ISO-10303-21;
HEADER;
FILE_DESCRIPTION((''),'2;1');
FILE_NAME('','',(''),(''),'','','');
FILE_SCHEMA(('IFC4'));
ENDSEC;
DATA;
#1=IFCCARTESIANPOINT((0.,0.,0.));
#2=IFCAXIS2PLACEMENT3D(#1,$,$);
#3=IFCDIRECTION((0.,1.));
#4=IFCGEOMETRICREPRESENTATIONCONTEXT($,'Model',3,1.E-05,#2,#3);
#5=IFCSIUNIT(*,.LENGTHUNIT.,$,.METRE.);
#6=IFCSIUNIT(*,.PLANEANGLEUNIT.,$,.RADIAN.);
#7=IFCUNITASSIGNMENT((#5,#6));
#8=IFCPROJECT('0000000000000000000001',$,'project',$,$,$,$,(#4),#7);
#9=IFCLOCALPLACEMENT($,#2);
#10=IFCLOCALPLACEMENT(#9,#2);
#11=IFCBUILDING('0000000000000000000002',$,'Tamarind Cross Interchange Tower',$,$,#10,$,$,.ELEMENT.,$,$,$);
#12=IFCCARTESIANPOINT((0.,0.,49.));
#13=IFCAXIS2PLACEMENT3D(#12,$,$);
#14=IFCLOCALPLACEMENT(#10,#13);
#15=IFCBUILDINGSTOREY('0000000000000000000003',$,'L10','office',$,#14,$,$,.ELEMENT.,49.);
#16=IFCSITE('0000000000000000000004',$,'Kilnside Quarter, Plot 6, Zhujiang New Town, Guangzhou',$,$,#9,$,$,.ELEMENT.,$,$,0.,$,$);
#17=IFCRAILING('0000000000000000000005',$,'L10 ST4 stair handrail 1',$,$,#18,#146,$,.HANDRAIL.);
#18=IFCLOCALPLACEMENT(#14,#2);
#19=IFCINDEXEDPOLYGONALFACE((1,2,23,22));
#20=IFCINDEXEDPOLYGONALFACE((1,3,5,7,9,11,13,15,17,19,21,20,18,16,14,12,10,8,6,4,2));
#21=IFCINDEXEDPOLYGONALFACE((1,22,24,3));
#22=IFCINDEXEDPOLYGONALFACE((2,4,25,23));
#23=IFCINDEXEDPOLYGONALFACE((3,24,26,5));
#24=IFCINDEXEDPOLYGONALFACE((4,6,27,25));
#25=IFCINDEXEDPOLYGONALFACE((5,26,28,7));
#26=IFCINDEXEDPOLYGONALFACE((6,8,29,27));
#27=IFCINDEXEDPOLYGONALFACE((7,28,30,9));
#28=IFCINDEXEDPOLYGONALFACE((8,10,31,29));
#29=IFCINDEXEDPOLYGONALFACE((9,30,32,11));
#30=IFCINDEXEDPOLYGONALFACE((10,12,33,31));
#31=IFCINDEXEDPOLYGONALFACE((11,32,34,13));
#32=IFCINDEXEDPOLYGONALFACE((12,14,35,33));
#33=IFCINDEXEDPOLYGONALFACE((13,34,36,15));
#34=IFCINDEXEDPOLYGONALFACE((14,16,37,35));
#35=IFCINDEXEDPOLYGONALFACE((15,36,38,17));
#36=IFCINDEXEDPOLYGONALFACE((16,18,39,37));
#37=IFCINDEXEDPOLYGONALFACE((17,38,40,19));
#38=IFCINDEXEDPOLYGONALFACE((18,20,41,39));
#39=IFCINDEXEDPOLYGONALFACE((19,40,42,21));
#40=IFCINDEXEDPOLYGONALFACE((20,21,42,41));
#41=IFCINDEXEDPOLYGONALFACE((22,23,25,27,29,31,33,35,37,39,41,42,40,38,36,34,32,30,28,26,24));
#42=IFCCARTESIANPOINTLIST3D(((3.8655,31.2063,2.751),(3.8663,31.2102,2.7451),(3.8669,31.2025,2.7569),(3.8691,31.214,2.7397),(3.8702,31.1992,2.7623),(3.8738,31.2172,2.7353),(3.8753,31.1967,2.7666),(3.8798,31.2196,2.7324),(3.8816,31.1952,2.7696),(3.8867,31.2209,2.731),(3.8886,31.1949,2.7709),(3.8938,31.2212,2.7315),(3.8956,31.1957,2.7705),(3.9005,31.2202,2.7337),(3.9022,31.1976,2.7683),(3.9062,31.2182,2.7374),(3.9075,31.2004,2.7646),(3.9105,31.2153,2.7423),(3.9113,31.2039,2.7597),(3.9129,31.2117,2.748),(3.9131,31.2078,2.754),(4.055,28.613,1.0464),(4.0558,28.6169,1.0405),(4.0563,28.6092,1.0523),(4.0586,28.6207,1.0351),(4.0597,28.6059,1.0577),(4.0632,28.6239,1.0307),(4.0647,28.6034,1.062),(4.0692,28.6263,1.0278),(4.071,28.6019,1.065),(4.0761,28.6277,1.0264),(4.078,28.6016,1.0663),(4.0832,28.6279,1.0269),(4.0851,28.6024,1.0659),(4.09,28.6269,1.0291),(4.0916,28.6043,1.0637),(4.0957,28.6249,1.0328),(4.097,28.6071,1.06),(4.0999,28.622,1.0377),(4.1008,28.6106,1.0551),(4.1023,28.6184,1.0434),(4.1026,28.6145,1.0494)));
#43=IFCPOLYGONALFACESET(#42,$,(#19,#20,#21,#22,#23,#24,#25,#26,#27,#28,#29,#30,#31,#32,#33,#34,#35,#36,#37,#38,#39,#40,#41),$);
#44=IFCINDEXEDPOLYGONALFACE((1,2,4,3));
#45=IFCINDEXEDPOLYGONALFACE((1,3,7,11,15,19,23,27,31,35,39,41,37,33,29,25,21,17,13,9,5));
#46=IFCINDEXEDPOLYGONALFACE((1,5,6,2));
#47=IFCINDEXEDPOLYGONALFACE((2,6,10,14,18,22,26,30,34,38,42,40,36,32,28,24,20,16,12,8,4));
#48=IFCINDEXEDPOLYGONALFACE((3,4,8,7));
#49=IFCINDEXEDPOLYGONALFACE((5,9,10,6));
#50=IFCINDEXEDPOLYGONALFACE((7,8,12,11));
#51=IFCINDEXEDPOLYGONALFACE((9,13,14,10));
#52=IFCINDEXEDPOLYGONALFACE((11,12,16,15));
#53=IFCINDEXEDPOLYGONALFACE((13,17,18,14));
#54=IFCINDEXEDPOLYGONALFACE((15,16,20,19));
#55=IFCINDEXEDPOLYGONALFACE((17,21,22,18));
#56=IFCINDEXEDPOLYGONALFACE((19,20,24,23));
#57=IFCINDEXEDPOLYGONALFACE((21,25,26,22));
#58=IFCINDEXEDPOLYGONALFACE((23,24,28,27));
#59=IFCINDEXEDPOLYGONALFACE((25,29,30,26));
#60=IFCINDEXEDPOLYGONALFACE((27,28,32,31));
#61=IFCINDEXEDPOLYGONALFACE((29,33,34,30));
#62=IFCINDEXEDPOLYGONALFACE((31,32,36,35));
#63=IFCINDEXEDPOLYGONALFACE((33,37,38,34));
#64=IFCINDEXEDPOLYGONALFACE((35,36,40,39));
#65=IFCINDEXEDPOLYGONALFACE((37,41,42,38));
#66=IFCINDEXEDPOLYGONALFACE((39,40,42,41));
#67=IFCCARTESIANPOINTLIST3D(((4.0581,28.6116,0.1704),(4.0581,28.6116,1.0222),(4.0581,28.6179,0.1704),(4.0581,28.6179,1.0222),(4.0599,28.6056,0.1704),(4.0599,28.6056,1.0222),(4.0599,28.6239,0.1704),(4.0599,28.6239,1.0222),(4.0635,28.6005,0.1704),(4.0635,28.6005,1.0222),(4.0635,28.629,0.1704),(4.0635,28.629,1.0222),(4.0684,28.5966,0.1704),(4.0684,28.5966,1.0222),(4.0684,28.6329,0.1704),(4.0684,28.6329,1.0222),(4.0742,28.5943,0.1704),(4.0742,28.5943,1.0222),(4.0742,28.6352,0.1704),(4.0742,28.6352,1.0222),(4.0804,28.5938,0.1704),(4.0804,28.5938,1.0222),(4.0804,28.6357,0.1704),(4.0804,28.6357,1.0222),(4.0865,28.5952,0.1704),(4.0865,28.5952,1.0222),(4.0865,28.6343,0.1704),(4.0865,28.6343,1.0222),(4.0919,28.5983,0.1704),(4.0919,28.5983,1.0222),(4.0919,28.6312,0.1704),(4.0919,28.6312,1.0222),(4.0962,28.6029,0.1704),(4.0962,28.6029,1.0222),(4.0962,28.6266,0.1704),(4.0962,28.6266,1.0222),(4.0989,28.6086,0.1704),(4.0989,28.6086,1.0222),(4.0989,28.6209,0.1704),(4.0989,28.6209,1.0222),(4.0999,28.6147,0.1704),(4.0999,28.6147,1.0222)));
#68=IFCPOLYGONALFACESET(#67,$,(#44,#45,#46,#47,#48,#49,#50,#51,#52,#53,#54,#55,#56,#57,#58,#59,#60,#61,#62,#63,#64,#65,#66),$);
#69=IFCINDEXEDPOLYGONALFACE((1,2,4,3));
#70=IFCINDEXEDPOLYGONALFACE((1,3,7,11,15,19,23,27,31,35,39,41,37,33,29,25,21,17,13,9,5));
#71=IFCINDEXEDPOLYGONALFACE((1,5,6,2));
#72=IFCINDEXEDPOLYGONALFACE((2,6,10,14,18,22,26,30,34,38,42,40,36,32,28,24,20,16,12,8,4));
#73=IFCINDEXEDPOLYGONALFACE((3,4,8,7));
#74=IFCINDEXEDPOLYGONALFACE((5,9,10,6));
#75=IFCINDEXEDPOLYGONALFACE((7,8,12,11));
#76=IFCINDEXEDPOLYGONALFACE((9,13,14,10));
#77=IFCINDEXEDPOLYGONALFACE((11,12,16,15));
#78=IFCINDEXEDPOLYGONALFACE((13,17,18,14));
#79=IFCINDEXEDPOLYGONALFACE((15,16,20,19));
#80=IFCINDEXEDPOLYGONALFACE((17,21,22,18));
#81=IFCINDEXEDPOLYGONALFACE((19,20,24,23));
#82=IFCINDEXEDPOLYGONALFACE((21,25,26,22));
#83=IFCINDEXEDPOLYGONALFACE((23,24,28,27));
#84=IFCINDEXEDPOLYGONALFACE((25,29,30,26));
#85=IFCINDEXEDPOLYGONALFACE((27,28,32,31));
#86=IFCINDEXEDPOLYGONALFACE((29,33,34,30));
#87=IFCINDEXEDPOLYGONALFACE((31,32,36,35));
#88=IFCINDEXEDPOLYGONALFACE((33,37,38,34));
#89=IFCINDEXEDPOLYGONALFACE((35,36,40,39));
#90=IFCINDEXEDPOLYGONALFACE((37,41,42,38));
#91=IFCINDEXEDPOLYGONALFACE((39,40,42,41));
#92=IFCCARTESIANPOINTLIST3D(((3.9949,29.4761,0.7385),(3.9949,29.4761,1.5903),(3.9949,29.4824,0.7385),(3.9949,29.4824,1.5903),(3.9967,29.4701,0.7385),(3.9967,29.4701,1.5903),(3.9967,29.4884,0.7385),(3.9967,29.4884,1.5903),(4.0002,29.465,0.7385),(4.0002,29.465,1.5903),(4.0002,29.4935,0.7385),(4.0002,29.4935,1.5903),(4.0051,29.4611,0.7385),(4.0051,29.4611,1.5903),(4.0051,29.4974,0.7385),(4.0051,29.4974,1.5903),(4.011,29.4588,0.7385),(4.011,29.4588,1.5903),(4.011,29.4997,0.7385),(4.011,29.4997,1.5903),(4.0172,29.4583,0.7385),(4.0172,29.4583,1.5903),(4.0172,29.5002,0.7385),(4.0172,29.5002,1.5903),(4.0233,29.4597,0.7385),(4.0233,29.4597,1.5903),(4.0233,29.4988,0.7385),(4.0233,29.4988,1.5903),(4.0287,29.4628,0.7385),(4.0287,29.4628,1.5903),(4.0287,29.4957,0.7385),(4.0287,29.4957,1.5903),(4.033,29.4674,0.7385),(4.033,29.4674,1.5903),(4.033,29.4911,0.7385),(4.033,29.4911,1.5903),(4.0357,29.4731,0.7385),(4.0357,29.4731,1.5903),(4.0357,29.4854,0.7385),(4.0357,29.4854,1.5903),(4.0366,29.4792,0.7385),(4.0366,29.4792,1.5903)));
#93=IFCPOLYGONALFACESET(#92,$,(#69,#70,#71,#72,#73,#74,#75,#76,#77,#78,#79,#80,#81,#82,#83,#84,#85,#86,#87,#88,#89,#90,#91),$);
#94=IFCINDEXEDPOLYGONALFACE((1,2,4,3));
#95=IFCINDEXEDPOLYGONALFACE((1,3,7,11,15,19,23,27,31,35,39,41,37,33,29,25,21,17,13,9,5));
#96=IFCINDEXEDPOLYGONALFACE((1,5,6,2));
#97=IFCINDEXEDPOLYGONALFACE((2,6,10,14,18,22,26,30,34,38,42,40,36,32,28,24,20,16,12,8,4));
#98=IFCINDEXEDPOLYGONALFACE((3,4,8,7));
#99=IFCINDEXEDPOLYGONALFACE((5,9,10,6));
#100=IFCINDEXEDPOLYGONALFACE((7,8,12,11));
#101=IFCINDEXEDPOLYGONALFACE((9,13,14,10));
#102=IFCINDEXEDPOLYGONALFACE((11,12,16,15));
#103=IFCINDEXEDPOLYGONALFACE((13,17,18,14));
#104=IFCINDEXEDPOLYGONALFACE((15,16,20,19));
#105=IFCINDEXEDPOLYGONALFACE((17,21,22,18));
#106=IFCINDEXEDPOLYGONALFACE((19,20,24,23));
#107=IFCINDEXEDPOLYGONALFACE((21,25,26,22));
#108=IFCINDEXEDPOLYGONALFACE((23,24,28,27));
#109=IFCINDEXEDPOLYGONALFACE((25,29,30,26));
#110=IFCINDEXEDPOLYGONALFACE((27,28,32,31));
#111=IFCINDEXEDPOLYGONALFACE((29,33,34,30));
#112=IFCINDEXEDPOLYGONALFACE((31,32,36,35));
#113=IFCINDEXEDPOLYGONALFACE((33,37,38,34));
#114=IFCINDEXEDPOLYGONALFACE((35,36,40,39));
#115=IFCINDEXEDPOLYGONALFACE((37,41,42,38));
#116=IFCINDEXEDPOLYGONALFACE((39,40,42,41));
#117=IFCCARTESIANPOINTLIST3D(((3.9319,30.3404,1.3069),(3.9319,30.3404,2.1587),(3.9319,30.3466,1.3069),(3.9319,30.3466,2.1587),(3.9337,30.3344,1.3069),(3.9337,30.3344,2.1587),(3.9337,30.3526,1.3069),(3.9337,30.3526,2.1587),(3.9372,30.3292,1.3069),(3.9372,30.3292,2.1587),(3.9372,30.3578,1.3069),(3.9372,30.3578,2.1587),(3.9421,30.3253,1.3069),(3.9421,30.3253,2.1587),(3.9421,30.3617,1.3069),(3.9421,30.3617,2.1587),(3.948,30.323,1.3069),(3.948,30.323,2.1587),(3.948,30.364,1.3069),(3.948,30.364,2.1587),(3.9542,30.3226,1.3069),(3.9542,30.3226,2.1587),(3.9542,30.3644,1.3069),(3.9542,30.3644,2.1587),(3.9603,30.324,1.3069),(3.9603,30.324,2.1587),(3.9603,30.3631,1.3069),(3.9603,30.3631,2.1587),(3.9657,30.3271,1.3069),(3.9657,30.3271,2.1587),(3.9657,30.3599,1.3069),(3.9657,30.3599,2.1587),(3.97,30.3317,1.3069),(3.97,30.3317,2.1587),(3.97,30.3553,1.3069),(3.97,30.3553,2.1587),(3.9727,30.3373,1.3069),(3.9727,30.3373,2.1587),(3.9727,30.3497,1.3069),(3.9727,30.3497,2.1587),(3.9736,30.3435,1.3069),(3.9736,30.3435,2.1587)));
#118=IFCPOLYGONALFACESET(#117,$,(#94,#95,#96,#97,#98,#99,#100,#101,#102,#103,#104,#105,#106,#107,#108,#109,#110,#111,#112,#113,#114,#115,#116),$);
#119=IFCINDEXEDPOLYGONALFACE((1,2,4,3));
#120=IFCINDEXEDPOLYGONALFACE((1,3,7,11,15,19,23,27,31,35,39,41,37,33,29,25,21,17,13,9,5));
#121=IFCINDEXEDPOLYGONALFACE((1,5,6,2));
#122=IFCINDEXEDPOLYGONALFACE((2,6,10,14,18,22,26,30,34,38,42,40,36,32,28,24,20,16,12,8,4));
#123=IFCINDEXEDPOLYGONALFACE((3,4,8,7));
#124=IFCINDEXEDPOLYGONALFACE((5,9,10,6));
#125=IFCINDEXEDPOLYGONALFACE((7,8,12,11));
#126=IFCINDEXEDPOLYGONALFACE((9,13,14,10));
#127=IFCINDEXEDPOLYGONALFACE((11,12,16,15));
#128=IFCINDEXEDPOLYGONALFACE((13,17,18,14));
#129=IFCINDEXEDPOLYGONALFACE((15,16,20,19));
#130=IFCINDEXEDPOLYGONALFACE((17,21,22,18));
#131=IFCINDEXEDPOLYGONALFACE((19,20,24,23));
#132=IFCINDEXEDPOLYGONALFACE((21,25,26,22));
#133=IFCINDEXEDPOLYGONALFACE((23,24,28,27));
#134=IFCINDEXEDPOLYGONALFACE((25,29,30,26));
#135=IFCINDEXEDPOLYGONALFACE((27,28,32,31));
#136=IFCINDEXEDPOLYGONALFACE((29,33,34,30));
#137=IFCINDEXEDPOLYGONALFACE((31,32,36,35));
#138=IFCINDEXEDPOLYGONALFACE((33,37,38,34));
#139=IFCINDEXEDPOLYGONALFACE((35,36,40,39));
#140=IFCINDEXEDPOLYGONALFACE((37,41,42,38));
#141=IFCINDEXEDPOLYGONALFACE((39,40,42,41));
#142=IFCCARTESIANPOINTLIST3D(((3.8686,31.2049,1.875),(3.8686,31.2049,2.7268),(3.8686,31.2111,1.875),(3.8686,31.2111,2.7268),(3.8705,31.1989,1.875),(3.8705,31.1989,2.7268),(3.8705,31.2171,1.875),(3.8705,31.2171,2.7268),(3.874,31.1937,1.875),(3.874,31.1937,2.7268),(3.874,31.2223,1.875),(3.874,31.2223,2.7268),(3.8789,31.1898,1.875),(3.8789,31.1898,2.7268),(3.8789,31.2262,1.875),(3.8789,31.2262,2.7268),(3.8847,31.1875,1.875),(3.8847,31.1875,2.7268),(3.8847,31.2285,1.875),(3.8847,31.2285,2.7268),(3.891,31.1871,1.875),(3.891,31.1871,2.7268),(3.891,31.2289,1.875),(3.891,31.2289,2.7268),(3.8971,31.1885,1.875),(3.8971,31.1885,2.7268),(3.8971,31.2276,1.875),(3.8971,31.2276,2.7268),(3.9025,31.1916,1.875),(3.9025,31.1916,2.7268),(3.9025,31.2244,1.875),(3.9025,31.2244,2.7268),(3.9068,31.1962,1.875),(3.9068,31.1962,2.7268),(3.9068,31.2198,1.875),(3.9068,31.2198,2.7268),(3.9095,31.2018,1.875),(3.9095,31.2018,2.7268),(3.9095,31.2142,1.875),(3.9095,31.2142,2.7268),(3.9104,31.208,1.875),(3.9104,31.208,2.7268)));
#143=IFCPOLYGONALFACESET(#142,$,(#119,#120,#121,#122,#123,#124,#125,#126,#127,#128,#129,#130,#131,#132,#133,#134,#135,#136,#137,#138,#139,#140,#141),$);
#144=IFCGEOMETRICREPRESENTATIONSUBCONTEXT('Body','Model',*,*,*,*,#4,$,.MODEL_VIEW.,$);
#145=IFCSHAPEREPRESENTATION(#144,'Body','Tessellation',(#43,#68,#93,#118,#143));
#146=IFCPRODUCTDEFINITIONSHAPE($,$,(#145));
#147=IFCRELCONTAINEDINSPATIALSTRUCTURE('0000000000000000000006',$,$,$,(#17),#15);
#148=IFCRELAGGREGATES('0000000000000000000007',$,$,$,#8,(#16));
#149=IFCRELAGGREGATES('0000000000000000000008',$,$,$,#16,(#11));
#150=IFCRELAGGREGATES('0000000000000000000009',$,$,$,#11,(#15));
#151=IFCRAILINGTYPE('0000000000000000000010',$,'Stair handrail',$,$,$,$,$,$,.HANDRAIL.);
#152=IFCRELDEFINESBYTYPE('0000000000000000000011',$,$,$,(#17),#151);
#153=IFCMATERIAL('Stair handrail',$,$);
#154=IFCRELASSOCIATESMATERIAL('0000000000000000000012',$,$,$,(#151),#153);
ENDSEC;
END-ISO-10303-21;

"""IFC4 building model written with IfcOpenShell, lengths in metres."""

from ifc_helpers import new_model, si_unit, direction, frame, origin, origin_2d, place, context, subcontext, project, spatial, circle, extrude, material, type_object, element, save


model = new_model("IFC4")

# Units and contexts
model_context = context("Model", 3, precision=1e-05, world=origin(), true_north=direction((0.0, 1.0)))
body_context = subcontext(model_context, "Body", "Model", "MODEL_VIEW")
ifc_project = project(units=[si_unit("LENGTHUNIT", "METRE"), si_unit("PLANEANGLEUNIT", "RADIAN")], contexts=[model_context])

# Site, building, storey
site_placement = place(None, origin())
site = spatial("IfcSite", under=ifc_project, at=site_placement, Name="Kilnside Quarter, Plot 6, Zhujiang New Town, Guangzhou", CompositionType="ELEMENT", RefElevation=0.0)
building_placement = place(site_placement, origin())
building = spatial("IfcBuilding", under=site, at=building_placement, Name="Tamarind Cross Interchange Tower", CompositionType="ELEMENT")
storey_placement = place(building_placement, frame((0.0, 0.0, 49.0)))
storey = spatial("IfcBuildingStorey", under=building, at=storey_placement, Name="L10", Description="office", CompositionType="ELEMENT", Elevation=49.0)

# Railing
ifc_material_1 = material(Name="Stair handrail")
railing_type_1 = type_object("IfcRailingType", Name="Stair handrail", PredefinedType="HANDRAIL", material=ifc_material_1)
railing_1_placement = place(storey_placement, frame((4.0789, 28.6147, 0.1704)))
element("IfcRailing", 1, at=railing_1_placement, inside=storey, type_object=railing_type_1, Name="L10 ST4 stair handrail 1", PredefinedType="HANDRAIL", context=body_context, shape_type="SweptSolid", body=[
    extrude(circle(Radius=0.0239, at=origin_2d()), frame((0.0, 0.0, 0.876), z_axis=(-0.060935, 0.834087, 0.548258), x_axis=(-0.997342, -0.072862, 0.0)), (0.0, 0.0, 1.0), 3.1091),
    extrude(circle(Radius=0.021, at=origin_2d()), origin(), (0.0, 0.0, 1.0), 0.8518),
    extrude(circle(Radius=0.021, at=origin_2d()), frame((-0.0632, 0.8645, 0.5681)), (0.0, 0.0, 1.0), 0.8518),
    extrude(circle(Radius=0.021, at=origin_2d()), frame((-0.1262, 1.7288, 1.1365)), (0.0, 0.0, 1.0), 0.8518),
    extrude(circle(Radius=0.021, at=origin_2d()), frame((-0.1895, 2.5933, 1.7046)), (0.0, 0.0, 1.0), 0.8518),
])

save(model, "model.ifc")
